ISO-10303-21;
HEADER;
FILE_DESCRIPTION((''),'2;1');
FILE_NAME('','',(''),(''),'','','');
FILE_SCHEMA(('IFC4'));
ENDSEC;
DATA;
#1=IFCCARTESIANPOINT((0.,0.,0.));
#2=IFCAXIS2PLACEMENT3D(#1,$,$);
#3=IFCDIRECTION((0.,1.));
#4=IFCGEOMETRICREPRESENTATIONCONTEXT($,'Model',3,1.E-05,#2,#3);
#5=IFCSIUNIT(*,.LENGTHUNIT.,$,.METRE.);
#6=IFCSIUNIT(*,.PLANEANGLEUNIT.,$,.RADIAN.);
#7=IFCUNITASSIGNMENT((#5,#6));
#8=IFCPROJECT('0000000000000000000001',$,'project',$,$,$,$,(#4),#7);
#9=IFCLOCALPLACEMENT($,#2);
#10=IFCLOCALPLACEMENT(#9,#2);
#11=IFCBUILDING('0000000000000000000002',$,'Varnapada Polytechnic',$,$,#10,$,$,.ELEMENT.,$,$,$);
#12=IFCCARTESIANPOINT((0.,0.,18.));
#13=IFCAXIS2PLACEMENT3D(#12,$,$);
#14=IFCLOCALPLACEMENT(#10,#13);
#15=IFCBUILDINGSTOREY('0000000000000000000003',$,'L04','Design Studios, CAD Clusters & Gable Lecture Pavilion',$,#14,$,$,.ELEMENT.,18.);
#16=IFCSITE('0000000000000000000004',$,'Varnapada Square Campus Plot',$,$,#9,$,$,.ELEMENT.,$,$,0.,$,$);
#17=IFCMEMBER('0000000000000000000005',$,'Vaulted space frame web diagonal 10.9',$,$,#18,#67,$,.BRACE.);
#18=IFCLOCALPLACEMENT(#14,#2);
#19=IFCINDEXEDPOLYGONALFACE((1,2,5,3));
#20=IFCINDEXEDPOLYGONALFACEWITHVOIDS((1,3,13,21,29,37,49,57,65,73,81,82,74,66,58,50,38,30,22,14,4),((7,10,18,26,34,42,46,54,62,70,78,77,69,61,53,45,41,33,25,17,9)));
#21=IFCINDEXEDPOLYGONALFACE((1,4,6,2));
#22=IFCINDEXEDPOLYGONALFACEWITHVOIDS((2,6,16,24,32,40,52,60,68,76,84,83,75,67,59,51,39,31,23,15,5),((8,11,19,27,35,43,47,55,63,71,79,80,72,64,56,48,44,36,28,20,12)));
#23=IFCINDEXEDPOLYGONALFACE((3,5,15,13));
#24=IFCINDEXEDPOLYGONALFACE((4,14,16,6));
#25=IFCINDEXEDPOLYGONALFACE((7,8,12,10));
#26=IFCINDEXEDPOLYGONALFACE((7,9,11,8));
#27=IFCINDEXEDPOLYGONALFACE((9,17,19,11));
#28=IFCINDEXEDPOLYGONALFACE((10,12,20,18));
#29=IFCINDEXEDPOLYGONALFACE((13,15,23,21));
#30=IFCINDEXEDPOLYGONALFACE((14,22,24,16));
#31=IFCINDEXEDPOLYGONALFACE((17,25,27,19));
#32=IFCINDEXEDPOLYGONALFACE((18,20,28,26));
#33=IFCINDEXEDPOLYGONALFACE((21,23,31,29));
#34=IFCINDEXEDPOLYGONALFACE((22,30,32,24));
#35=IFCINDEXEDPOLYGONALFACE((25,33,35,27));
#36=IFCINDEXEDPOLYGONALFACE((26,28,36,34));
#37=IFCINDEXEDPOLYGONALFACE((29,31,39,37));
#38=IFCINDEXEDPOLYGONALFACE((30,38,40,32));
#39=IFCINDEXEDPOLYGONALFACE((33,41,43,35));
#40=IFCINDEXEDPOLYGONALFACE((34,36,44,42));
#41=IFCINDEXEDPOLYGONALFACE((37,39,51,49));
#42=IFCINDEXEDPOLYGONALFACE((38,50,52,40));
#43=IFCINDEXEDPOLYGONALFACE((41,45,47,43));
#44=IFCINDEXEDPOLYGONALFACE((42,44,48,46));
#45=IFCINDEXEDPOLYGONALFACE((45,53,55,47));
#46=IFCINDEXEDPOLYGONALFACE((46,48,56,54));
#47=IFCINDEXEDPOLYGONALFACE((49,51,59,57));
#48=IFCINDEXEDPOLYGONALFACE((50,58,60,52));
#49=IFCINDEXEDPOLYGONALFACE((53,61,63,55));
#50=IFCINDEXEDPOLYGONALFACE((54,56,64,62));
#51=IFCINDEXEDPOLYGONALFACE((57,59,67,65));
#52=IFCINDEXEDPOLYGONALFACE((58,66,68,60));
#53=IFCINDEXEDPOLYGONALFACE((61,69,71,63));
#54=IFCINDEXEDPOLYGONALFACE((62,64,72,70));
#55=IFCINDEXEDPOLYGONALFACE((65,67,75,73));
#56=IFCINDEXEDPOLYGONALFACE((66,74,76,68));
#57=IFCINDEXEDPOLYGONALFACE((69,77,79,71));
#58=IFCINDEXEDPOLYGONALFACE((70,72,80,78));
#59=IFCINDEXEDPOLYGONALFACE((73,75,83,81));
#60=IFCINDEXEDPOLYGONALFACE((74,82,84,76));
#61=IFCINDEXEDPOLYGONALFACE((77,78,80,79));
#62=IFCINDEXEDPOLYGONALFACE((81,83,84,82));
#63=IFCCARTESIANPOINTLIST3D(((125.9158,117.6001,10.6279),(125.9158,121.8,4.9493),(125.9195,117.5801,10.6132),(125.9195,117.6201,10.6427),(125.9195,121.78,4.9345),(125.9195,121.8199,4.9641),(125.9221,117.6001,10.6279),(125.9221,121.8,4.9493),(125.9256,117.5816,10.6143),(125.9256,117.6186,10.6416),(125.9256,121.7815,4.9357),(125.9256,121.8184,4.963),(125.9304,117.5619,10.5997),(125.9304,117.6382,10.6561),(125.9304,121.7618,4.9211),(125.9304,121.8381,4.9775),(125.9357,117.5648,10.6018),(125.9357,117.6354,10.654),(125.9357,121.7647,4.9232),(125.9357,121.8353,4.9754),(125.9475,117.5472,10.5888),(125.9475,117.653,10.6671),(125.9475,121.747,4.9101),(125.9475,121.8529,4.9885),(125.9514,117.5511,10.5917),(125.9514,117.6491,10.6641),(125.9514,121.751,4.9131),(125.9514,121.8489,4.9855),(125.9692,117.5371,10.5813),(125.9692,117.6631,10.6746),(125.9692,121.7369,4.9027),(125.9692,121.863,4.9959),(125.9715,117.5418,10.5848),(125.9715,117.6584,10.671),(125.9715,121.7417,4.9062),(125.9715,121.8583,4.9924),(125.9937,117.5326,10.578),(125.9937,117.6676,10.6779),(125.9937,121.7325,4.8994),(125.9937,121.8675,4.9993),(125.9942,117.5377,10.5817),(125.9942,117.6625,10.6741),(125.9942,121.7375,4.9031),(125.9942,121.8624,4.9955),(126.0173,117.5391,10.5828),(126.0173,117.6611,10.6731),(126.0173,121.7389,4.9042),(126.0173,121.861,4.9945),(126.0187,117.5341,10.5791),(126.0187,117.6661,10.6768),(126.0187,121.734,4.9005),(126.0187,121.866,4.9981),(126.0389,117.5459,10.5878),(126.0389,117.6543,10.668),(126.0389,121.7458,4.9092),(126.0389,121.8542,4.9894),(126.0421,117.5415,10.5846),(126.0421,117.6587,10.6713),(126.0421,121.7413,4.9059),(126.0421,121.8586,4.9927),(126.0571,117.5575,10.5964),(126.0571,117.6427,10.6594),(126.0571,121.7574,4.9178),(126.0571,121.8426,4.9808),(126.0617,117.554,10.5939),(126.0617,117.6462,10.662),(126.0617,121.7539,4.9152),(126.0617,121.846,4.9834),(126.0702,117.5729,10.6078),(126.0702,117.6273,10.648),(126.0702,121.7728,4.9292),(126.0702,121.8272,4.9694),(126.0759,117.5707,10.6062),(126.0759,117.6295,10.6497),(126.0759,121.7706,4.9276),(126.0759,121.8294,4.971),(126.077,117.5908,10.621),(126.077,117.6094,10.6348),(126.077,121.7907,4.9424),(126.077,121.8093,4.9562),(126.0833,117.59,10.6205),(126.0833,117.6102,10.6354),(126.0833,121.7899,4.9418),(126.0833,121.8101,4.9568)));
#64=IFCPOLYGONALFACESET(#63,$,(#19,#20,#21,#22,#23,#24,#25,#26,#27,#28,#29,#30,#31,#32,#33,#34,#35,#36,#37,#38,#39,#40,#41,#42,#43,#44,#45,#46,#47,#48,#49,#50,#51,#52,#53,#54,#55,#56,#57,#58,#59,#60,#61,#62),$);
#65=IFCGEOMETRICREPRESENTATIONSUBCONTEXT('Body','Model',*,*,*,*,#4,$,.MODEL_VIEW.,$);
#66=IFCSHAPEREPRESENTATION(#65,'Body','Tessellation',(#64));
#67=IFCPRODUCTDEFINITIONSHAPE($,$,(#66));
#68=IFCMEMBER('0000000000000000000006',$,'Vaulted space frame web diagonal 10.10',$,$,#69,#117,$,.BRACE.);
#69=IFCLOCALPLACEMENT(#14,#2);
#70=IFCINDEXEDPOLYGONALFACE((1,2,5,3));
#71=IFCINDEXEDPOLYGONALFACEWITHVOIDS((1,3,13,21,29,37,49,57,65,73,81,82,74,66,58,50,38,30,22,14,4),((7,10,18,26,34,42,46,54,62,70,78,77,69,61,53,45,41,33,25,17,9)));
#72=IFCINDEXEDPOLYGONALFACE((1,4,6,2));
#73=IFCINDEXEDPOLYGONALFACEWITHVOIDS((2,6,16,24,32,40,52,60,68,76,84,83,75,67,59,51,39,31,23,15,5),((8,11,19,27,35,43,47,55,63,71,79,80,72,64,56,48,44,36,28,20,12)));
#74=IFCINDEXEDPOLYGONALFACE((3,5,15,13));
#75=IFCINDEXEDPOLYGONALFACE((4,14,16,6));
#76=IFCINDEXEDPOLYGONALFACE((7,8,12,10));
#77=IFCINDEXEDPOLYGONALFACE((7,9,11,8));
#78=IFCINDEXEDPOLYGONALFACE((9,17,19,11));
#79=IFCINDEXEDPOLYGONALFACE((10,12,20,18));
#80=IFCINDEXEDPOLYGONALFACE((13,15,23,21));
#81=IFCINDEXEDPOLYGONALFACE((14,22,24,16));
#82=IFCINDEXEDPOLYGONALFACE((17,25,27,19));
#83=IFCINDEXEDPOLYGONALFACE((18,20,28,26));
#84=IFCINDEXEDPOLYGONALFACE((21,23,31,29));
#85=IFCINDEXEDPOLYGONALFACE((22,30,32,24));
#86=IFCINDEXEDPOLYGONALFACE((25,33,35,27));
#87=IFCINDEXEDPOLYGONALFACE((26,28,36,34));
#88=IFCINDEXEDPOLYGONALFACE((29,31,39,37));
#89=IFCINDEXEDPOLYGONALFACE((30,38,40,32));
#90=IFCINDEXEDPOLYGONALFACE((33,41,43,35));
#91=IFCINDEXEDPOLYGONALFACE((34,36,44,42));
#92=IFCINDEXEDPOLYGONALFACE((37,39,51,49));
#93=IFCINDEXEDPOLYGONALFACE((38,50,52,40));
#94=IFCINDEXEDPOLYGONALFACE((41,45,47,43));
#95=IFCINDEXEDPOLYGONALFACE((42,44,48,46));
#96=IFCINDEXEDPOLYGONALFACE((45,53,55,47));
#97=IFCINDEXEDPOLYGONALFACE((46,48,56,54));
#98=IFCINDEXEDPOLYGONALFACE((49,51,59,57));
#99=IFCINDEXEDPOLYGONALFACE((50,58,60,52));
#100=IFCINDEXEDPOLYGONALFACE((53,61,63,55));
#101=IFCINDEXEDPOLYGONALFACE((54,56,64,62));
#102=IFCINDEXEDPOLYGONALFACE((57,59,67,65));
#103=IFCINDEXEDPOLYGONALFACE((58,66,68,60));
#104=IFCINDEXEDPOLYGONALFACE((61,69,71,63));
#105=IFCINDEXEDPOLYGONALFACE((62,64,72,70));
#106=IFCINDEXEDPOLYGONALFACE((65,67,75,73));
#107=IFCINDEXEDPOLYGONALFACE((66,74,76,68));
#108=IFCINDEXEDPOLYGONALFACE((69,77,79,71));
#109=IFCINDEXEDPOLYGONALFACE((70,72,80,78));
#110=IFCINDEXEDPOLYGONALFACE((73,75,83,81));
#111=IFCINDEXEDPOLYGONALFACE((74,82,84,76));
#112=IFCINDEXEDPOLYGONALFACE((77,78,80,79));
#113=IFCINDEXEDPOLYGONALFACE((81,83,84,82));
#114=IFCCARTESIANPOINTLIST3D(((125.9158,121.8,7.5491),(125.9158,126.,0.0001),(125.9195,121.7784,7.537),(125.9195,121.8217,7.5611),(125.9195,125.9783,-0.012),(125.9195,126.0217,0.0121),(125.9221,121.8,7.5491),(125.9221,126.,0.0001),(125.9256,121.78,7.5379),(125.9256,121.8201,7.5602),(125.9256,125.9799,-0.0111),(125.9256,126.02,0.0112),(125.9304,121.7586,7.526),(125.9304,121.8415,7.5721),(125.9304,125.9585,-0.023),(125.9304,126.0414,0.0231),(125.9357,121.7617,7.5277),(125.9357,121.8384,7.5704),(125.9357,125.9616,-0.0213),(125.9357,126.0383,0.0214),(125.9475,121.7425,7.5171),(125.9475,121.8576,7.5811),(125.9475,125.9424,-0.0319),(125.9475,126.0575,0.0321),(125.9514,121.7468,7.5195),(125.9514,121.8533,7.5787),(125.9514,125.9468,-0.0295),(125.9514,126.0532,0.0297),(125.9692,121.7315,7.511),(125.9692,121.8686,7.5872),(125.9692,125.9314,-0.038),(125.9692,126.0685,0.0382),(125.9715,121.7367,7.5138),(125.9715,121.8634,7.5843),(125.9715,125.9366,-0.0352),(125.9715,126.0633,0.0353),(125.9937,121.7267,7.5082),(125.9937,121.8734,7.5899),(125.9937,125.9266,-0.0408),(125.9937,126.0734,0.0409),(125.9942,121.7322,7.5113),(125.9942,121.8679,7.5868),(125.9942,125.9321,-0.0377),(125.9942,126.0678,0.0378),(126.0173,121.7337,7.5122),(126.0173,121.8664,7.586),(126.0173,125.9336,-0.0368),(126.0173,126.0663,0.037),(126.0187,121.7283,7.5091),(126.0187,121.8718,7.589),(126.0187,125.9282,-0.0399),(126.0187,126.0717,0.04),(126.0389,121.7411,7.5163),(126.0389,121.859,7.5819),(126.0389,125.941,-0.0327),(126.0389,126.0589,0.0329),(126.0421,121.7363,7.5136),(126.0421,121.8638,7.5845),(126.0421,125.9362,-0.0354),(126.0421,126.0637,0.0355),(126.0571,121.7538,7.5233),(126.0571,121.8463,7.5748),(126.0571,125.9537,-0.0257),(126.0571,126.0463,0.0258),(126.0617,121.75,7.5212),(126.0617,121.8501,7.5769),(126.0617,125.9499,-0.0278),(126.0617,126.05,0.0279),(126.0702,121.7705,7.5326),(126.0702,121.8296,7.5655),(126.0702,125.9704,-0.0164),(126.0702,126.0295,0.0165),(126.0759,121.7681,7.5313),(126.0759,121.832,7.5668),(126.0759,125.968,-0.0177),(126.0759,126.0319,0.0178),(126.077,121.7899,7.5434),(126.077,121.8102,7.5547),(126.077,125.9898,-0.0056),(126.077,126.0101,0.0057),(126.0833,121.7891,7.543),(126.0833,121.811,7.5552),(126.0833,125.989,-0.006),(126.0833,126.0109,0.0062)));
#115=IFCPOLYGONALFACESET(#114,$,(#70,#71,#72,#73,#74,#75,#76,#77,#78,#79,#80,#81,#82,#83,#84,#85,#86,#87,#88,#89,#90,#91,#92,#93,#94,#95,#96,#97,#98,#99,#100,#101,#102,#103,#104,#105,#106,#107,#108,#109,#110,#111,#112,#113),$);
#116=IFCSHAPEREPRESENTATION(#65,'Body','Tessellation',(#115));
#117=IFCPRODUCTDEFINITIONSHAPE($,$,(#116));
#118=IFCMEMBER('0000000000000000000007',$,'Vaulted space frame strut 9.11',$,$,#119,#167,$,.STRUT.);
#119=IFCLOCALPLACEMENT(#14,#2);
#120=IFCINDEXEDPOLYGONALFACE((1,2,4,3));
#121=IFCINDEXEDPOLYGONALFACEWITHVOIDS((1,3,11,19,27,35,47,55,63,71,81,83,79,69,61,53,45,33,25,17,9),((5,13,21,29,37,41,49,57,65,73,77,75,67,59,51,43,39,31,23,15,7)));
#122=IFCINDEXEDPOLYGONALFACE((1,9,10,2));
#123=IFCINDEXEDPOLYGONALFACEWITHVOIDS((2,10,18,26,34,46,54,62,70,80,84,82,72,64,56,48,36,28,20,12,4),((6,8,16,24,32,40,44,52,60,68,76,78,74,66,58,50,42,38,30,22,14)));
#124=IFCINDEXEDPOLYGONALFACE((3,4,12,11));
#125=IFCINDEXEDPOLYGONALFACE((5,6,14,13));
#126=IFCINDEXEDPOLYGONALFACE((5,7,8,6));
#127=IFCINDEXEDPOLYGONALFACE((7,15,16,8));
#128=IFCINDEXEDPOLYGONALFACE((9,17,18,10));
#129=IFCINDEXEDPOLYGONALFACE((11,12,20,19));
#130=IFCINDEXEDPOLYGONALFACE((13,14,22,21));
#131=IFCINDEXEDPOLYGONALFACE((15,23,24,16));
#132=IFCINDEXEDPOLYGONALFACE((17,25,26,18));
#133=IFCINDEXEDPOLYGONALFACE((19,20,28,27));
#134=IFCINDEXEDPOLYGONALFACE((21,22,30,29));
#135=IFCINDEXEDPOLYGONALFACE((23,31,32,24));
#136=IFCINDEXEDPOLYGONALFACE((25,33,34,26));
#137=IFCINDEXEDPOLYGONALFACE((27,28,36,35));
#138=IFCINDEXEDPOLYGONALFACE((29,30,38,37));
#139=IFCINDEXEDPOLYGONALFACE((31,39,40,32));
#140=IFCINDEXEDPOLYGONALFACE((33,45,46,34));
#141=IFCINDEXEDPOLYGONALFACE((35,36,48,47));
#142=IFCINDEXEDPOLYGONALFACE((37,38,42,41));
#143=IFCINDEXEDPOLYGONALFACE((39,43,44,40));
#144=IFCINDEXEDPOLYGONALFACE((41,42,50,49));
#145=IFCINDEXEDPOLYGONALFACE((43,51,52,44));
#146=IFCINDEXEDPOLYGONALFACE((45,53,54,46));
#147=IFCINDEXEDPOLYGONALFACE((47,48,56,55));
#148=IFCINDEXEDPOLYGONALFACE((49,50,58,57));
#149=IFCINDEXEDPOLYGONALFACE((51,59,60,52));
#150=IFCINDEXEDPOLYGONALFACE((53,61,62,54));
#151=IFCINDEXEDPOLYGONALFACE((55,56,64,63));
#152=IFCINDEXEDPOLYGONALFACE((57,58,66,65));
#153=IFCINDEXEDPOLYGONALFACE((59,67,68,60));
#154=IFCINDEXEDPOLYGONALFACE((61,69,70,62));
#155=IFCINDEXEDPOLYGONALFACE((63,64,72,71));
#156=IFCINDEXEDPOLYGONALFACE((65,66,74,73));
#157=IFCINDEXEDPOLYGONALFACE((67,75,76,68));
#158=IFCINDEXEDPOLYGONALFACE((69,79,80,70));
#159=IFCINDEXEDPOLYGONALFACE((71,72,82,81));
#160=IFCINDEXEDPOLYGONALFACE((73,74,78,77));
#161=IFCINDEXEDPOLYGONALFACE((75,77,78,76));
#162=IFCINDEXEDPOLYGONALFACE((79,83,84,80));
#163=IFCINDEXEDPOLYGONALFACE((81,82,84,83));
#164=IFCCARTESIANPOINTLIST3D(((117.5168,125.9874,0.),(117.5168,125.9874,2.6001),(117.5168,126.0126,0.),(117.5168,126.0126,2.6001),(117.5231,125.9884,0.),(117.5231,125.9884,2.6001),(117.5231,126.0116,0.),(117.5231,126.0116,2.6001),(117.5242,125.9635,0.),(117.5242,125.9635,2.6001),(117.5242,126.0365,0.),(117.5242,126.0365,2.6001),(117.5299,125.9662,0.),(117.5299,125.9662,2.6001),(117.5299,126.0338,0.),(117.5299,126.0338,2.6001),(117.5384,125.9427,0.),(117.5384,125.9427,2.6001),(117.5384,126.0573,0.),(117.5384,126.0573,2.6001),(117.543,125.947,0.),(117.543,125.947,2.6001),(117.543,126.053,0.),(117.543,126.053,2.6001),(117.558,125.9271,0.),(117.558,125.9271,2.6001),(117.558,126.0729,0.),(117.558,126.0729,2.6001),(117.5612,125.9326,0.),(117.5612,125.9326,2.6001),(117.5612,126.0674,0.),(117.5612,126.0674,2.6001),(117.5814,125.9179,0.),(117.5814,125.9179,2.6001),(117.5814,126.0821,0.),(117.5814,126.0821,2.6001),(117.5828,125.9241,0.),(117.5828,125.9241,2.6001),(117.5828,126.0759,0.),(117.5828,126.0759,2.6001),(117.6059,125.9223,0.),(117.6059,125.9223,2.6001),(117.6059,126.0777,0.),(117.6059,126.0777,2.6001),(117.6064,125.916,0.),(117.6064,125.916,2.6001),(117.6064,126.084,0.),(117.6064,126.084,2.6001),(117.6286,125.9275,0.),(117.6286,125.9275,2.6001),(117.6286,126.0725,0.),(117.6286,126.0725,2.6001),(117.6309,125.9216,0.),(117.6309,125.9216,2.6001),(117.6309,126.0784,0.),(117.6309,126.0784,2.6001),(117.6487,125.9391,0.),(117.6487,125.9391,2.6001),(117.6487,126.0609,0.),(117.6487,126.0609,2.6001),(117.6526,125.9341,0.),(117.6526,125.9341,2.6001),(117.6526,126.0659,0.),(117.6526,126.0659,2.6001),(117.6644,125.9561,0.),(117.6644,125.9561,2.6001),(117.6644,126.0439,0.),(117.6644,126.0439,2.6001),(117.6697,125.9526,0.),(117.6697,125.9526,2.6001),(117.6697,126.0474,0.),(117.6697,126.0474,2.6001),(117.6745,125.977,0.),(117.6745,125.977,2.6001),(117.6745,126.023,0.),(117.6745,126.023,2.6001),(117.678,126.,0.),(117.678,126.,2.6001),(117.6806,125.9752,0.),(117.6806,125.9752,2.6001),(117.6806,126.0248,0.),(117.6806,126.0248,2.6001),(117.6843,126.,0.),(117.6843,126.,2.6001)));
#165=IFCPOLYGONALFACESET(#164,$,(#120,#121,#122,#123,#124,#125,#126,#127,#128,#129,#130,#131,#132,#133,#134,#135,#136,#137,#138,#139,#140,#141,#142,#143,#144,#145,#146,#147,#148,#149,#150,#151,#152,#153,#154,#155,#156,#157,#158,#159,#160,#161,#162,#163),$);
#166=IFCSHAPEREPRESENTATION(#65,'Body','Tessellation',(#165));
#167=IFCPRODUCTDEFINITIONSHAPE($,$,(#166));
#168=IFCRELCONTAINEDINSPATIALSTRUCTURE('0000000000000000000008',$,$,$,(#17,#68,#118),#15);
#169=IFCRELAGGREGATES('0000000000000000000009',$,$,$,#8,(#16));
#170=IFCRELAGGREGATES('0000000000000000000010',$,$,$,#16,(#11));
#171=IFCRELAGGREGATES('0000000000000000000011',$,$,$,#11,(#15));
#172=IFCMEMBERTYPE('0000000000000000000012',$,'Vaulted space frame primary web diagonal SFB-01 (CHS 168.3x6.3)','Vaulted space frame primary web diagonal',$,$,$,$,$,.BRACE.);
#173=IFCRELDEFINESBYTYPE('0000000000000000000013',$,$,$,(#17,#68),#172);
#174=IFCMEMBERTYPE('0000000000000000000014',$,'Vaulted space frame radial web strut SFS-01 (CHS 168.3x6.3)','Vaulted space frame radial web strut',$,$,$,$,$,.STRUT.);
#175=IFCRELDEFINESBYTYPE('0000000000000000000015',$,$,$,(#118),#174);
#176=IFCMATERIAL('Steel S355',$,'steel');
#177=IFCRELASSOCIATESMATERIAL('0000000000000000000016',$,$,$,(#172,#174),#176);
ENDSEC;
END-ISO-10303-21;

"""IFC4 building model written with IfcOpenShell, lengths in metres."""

from ifc_helpers import new_model, si_unit, direction, frame, origin, origin_2d, place, context, subcontext, project, spatial, hollow_circle, extrude, material, material_profile, profile_set, type_object, element, save


model = new_model("IFC4")

# Units and contexts
model_context = context("Model", 3, precision=1e-05, world=origin(), true_north=direction((0.0, 1.0)))
body_context = subcontext(model_context, "Body", "Model", "MODEL_VIEW")
ifc_project = project(units=[si_unit("LENGTHUNIT", "METRE"), si_unit("PLANEANGLEUNIT", "RADIAN")], contexts=[model_context])

# Site, building, storey
site_placement = place(None, origin())
site = spatial("IfcSite", under=ifc_project, at=site_placement, Name="Varnapada Square Campus Plot", CompositionType="ELEMENT", RefElevation=0.0)
building_placement = place(site_placement, origin())
building = spatial("IfcBuilding", under=site, at=building_placement, Name="Varnapada Polytechnic", CompositionType="ELEMENT")
storey_placement = place(building_placement, frame((0.0, 0.0, 18.0)))
storey = spatial("IfcBuildingStorey", under=building, at=storey_placement, Name="L04", Description="Design Studios, CAD Clusters & Gable Lecture Pavilion", CompositionType="ELEMENT", Elevation=18.0)

# Shared definitions
ifc_material = material(Name="Steel S355", Category="steel")

# Members
ifc_material_profile_1 = material_profile(ifc_material, hollow_circle(Radius=0.0842, WallThickness=0.0063, at=origin_2d()), Name="CHS 168.3x6.3")
ifc_profile_set_1 = profile_set([ifc_material_profile_1], Name="Steel S355")
member_type_1 = type_object("IfcMemberType", Name="Vaulted space frame primary web diagonal SFB-01 (CHS 168.3x6.3)", Description="Vaulted space frame primary web diagonal", PredefinedType="BRACE", material=ifc_profile_set_1)
member_1_placement = place(storey_placement, frame((126.0, 117.6001, 10.6279), z_axis=(0.0, 0.594633, -0.803997), x_axis=(-1.0, 0.0, 0.0)))
element("IfcMember", 1, at=member_1_placement, inside=storey, type_object=member_type_1, Name="Vaulted space frame web diagonal 10.9", PredefinedType="BRACE", context=body_context, shape_type="SweptSolid", body=[
    extrude(hollow_circle(Radius=0.0842, WallThickness=0.0063, at=origin_2d()), origin(), (0.0, 0.0, 1.0), 7.063),
])
member_2_placement = place(storey_placement, frame((126.0, 121.8, 7.5491), z_axis=(0.0, 0.486176, -0.873861), x_axis=(-1.0, 0.0, 0.0)))
element("IfcMember", 2, at=member_2_placement, inside=storey, type_object=member_type_1, Name="Vaulted space frame web diagonal 10.10", PredefinedType="BRACE", context=body_context, shape_type="SweptSolid", body=[
    extrude(hollow_circle(Radius=0.0842, WallThickness=0.0063, at=origin_2d()), origin(), (0.0, 0.0, 1.0), 8.6387),
])
ifc_material_profile_2 = material_profile(ifc_material, hollow_circle(Radius=0.0842, WallThickness=0.0063, at=origin_2d()), Name="CHS 168.3x6.3")
ifc_profile_set_2 = profile_set([ifc_material_profile_2], Name="Steel S355")
member_type_2 = type_object("IfcMemberType", Name="Vaulted space frame radial web strut SFS-01 (CHS 168.3x6.3)", Description="Vaulted space frame radial web strut", PredefinedType="STRUT", material=ifc_profile_set_2)
for number, where, z_axis, x_axis, name in (
    (3, (117.6001, 126.0, 0.0), (0.0, 0.0, 1.0), (1.0, 0.0, 0.0), "Vaulted space frame strut 9.11"),
):
    element("IfcMember", number, at=place(storey_placement, frame(where, z_axis=z_axis, x_axis=x_axis)), inside=storey, type_object=member_type_2, Name=name, PredefinedType="STRUT", context=body_context, shape_type="SweptSolid", body=[
        extrude(hollow_circle(Radius=0.0842, WallThickness=0.0063, at=origin_2d()), origin(), (0.0, 0.0, 1.0), 2.6001),
    ])

save(model, "model.ifc")
